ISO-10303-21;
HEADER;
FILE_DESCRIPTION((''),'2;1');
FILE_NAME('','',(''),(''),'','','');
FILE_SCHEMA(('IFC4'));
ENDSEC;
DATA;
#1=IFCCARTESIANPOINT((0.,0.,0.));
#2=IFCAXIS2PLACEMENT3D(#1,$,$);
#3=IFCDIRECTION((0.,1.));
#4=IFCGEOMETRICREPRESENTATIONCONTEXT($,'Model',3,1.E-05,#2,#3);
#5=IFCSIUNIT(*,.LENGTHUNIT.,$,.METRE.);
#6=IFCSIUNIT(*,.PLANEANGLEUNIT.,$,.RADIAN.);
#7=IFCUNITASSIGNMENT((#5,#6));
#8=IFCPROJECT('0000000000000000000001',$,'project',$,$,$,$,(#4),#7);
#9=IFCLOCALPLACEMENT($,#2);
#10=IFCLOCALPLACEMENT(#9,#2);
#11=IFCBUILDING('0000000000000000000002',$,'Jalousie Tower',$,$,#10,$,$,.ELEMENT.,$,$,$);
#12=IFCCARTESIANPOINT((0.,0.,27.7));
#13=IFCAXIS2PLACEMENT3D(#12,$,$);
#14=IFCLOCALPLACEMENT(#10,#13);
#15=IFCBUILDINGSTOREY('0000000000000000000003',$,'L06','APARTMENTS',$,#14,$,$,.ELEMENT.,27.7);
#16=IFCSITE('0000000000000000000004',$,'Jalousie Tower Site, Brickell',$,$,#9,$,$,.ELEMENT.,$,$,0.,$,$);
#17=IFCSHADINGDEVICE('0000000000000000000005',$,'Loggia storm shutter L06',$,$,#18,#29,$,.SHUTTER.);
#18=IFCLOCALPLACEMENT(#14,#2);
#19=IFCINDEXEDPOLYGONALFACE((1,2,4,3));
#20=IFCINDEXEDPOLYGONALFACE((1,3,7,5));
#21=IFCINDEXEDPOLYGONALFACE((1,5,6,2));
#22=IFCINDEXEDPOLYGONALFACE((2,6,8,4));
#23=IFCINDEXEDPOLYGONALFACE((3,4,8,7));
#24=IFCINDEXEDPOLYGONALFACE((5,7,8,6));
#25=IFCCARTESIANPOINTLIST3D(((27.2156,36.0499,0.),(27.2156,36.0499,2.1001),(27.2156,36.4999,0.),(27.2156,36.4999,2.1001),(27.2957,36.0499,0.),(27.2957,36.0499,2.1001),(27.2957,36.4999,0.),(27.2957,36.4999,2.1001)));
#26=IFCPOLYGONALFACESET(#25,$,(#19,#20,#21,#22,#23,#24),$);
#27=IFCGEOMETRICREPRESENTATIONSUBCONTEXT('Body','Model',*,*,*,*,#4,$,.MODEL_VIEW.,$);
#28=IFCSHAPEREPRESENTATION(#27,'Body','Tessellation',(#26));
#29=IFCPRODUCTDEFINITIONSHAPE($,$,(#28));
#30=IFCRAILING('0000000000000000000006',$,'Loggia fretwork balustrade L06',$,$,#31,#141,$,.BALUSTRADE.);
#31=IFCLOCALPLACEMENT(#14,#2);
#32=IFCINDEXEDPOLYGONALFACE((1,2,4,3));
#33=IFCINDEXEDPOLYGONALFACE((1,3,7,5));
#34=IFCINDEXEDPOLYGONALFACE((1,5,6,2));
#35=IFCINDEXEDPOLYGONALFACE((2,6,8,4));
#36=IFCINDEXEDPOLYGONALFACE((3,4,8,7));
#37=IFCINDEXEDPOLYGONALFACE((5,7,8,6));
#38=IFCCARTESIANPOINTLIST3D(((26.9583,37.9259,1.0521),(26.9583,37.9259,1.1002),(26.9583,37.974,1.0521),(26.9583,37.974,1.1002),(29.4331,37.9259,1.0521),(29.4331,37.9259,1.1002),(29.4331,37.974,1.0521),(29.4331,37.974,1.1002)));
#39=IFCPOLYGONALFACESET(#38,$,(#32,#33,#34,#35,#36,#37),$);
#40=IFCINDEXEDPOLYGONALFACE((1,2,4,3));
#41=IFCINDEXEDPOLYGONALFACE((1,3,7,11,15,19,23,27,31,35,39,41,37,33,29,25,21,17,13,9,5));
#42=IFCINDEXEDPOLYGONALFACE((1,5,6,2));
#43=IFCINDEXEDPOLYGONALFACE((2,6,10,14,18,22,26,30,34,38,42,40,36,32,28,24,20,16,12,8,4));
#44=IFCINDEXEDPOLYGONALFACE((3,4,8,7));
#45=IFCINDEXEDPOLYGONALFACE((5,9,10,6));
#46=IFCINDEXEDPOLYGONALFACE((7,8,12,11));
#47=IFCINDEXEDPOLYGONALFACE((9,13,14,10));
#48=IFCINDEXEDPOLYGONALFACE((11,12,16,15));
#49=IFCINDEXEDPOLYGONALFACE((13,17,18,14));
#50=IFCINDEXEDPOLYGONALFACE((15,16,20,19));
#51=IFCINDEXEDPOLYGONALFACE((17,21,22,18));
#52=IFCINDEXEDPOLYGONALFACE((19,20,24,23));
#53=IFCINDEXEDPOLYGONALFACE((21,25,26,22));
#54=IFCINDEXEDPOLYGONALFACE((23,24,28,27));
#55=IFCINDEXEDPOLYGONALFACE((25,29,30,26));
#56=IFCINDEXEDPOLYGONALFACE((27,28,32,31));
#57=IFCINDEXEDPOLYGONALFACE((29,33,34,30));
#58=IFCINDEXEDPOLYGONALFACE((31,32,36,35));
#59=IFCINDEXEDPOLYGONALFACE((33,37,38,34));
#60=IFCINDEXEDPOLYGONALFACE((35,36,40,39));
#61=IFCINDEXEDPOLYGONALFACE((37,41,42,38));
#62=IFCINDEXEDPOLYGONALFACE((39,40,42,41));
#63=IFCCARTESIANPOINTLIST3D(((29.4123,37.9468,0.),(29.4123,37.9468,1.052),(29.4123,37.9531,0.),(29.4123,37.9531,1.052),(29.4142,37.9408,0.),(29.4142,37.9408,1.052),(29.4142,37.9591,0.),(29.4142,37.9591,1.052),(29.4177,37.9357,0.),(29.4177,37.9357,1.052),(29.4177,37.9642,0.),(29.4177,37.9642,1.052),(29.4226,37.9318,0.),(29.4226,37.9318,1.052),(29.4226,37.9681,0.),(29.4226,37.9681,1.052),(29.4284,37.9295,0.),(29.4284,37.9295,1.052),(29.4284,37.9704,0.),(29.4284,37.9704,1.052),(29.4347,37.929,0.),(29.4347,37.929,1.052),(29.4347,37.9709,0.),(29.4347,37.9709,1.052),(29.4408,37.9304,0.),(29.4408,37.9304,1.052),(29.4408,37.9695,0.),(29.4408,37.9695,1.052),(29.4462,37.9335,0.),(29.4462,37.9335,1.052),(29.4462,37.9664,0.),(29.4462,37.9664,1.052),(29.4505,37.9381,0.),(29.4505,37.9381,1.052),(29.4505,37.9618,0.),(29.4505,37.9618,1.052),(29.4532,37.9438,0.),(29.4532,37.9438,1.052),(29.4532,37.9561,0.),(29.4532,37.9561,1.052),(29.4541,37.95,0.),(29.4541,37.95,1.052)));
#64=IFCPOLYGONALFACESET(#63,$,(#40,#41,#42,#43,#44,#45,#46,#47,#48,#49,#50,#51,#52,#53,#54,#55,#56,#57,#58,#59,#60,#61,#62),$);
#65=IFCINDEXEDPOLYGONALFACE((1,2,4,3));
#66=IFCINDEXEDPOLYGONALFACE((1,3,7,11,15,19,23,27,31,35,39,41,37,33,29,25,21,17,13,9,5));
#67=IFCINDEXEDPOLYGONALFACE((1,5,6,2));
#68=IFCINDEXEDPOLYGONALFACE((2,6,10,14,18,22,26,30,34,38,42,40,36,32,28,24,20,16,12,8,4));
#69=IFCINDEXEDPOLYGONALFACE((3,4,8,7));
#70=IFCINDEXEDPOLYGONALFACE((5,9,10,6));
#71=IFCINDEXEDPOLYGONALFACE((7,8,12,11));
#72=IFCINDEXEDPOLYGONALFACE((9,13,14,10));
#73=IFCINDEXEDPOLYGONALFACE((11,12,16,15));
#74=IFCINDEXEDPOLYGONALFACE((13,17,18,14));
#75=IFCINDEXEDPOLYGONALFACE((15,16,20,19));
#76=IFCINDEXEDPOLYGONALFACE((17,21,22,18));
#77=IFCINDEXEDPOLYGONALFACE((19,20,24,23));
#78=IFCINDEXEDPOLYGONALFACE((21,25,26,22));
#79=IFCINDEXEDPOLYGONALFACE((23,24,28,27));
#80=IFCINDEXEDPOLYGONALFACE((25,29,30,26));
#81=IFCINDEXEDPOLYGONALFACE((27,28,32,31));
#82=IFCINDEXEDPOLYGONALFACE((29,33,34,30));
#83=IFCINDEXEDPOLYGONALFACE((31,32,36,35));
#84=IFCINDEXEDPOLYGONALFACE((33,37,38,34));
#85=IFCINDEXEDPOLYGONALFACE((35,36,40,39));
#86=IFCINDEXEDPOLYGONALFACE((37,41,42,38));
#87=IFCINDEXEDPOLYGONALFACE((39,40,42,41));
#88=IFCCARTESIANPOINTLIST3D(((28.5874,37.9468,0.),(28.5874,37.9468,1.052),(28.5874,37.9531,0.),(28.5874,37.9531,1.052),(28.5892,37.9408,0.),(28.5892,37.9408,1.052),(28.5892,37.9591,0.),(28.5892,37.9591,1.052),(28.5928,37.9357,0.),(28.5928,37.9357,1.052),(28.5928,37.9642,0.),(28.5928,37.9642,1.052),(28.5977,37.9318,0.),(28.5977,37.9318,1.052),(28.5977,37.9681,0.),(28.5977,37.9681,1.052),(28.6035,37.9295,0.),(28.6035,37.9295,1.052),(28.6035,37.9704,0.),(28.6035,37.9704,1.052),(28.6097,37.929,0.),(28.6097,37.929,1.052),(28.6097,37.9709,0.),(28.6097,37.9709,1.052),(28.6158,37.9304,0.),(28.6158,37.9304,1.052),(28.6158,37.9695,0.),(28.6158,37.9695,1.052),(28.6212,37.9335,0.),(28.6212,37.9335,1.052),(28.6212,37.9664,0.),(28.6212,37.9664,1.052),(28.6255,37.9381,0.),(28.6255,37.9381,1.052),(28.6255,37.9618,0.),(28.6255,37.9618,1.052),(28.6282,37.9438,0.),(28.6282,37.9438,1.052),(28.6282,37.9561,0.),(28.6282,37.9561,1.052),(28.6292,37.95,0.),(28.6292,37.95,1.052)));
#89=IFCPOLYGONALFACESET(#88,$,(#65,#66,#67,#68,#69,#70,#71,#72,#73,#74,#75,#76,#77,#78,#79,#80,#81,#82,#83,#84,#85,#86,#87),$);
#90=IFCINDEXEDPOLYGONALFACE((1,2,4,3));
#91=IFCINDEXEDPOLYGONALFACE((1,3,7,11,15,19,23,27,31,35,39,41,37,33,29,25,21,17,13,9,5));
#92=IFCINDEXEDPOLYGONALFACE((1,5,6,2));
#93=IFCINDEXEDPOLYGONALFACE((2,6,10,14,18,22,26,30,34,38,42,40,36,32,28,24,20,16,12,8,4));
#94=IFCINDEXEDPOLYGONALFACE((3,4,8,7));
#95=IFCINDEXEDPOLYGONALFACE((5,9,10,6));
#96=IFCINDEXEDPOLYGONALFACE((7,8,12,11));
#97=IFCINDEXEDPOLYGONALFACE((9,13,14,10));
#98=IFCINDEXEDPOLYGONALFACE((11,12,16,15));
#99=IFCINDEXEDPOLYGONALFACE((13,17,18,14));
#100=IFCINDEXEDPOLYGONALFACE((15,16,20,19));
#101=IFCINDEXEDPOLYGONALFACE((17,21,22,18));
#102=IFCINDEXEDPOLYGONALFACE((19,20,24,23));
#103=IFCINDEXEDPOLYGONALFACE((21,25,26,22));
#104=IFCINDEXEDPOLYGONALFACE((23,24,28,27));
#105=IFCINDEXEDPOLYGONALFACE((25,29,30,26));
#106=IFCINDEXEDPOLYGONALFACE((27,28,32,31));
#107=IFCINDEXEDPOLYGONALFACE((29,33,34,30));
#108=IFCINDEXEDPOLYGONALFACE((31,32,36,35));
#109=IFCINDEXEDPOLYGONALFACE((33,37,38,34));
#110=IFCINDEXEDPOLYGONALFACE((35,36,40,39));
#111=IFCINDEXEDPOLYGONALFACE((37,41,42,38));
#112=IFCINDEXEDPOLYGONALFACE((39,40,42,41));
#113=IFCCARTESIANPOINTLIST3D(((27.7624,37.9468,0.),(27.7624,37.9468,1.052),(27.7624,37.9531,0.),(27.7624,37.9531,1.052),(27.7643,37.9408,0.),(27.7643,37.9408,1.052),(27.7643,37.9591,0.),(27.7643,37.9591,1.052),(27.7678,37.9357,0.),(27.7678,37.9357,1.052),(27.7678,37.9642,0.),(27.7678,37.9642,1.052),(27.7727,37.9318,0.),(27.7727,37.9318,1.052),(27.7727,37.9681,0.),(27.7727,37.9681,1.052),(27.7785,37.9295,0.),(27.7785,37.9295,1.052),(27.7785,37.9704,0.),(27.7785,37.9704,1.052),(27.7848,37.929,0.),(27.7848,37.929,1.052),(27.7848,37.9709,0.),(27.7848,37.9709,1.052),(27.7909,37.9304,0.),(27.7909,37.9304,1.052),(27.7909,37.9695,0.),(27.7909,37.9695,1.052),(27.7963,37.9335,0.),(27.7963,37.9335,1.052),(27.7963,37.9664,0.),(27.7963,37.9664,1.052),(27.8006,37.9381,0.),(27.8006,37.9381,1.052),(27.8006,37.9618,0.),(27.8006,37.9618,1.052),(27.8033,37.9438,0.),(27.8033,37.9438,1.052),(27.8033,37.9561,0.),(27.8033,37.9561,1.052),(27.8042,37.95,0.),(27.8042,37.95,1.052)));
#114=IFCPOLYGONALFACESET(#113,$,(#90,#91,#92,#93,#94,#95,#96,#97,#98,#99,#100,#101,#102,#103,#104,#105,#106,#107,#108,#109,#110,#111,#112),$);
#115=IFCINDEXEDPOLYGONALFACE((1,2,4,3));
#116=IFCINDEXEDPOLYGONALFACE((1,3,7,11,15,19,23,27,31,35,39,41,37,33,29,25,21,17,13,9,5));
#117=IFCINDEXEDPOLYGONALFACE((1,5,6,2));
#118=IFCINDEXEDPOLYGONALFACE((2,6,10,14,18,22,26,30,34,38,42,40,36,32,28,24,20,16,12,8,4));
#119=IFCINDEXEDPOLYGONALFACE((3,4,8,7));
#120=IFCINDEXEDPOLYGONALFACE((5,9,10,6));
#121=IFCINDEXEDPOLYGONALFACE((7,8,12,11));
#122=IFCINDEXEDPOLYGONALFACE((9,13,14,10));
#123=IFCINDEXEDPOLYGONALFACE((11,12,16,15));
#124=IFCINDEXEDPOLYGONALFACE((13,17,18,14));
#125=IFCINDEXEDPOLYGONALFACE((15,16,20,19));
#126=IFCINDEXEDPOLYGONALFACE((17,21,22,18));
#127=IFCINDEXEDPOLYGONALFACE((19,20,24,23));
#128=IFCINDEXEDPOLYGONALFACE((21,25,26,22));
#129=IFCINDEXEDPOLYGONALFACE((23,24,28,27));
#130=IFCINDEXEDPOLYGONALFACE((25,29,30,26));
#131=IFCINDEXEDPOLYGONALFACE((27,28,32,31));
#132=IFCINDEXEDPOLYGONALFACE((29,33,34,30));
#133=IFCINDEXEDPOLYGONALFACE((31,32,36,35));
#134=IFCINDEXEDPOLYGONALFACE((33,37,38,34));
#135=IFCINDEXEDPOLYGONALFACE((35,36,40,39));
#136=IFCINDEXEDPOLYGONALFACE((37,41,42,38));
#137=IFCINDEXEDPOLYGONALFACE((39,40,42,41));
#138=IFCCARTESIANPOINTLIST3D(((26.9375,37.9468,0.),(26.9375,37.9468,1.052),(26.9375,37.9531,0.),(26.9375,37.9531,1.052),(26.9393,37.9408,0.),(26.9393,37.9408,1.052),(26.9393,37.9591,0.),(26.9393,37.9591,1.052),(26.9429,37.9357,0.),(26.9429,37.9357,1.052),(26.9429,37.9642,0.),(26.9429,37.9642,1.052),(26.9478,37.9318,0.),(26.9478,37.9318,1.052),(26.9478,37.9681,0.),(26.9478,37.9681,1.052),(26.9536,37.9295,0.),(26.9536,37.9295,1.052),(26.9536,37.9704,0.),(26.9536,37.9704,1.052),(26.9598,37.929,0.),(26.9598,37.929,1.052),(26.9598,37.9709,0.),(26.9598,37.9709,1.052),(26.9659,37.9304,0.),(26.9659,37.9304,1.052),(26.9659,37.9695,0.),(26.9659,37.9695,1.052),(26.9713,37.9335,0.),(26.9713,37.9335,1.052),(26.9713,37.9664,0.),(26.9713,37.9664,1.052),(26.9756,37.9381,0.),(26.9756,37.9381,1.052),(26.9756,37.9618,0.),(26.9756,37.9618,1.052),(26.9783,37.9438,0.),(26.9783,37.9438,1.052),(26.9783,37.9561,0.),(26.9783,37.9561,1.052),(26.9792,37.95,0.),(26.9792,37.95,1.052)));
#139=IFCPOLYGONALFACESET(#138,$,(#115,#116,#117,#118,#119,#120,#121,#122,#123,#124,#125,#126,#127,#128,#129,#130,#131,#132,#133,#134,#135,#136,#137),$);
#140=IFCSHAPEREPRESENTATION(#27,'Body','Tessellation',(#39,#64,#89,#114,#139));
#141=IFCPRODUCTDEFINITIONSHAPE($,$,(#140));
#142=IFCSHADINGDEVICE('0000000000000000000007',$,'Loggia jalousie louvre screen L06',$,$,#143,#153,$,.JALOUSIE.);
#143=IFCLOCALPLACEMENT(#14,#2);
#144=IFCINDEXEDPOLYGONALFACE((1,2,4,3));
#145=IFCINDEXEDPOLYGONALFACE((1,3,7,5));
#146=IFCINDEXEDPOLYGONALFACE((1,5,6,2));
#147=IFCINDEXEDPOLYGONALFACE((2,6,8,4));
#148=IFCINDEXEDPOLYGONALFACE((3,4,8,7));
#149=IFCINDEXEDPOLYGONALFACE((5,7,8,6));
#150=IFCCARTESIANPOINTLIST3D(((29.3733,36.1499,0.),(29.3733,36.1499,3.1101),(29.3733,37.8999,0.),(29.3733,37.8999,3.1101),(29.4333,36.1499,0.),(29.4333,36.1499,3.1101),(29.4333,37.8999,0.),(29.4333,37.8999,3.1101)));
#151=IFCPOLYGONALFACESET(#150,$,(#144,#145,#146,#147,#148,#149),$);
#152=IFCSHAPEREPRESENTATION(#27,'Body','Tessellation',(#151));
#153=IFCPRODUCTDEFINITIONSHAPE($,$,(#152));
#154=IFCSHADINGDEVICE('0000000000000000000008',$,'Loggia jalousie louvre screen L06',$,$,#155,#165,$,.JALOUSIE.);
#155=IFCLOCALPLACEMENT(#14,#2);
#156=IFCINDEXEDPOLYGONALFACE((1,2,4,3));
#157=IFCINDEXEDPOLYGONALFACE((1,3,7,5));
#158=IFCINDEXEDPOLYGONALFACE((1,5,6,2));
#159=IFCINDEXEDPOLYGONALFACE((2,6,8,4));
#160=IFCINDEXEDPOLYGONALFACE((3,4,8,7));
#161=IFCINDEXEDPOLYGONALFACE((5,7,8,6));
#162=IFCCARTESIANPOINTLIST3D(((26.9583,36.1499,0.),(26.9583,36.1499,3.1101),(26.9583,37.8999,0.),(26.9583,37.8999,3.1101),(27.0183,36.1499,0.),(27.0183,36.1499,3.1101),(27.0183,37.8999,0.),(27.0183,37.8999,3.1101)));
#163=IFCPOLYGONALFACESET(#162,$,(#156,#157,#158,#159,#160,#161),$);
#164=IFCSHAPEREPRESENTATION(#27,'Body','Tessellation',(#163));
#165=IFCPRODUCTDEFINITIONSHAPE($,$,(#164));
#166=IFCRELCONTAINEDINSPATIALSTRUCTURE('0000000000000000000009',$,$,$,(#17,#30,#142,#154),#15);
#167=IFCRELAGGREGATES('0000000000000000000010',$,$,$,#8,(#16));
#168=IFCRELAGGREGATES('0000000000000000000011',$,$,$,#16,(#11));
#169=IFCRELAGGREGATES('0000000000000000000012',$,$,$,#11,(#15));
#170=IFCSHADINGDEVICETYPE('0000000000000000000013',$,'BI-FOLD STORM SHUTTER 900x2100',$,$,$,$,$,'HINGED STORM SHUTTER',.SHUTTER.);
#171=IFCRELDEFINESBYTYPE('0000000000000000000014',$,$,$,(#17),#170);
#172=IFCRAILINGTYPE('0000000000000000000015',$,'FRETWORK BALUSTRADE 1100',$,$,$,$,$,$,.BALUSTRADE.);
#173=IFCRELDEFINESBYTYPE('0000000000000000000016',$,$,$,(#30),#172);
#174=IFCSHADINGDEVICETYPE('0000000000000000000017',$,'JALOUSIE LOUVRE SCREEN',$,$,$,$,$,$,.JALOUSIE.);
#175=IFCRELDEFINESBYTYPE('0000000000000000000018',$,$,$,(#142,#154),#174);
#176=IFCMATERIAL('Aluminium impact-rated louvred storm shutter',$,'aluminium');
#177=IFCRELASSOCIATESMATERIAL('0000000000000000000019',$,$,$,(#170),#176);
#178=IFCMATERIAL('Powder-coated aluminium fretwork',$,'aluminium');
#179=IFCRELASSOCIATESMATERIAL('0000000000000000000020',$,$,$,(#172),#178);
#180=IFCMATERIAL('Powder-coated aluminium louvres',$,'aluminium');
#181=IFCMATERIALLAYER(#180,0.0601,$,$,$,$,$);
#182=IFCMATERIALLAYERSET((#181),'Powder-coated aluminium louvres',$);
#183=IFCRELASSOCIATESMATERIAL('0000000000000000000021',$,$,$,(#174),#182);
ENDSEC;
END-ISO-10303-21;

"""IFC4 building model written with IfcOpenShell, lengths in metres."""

from ifc_helpers import new_model, si_unit, direction, frame, origin, origin_2d, place, context, subcontext, project, spatial, rectangle, circle, extrude, material, layer, layer_set, type_object, element, save


model = new_model("IFC4")

# Units and contexts
model_context = context("Model", 3, precision=1e-05, world=origin(), true_north=direction((0.0, 1.0)))
body_context = subcontext(model_context, "Body", "Model", "MODEL_VIEW")
ifc_project = project(units=[si_unit("LENGTHUNIT", "METRE"), si_unit("PLANEANGLEUNIT", "RADIAN")], contexts=[model_context])

# Site, building, storey
site_placement = place(None, origin())
site = spatial("IfcSite", under=ifc_project, at=site_placement, Name="Jalousie Tower Site, Brickell", CompositionType="ELEMENT", RefElevation=0.0)
building_placement = place(site_placement, origin())
building = spatial("IfcBuilding", under=site, at=building_placement, Name="Jalousie Tower", CompositionType="ELEMENT")
storey_placement = place(building_placement, frame((0.0, 0.0, 27.7)))
storey = spatial("IfcBuildingStorey", under=building, at=storey_placement, Name="L06", Description="APARTMENTS", CompositionType="ELEMENT", Elevation=27.7)

# Shading device
ifc_material_1 = material(Name="Aluminium impact-rated louvred storm shutter", Category="aluminium")
shading_device_type_1 = type_object("IfcShadingDeviceType", Name="BI-FOLD STORM SHUTTER 900x2100", ElementType="HINGED STORM SHUTTER", PredefinedType="SHUTTER", material=ifc_material_1)
for number, where, z_axis, x_axis, name in (
    (1, (27.2556, 36.2749, 0.0), (0.0, 0.0, 1.0), (0.0, -1.0, 0.0), "Loggia storm shutter L06"),
):
    element("IfcShadingDevice", number, at=place(storey_placement, frame(where, z_axis=z_axis, x_axis=x_axis)), inside=storey, type_object=shading_device_type_1, Name=name, PredefinedType="SHUTTER", context=body_context, shape_type="SweptSolid", body=[
        extrude(rectangle(XDim=0.45, YDim=0.0801, at=origin_2d()), origin(), (0.0, 0.0, 1.0), 2.1001),
    ])

# Railing
ifc_material_2 = material(Name="Powder-coated aluminium fretwork", Category="aluminium")
railing_type = type_object("IfcRailingType", Name="FRETWORK BALUSTRADE 1100", PredefinedType="BALUSTRADE", material=ifc_material_2)
railing_placement = place(storey_placement, frame((29.4331, 37.95, 0.0)))
element("IfcRailing", 2, at=railing_placement, inside=storey, type_object=railing_type, Name="Loggia fretwork balustrade L06", PredefinedType="BALUSTRADE", context=body_context, shape_type="SweptSolid", body=[
    extrude(rectangle(XDim=0.0481, YDim=0.0481, at=origin_2d()), frame((0.0, 0.0, 1.0762), z_axis=(-1.0, 0.0, 0.0), x_axis=(0.0, -1.0, 0.0)), (0.0, 0.0, 1.0), 2.4749),
    extrude(circle(Radius=0.021, at=origin_2d()), origin(), (0.0, 0.0, 1.0), 1.052),
    extrude(circle(Radius=0.021, at=origin_2d()), frame((-0.825, 0.0, 0.0)), (0.0, 0.0, 1.0), 1.052),
    extrude(circle(Radius=0.021, at=origin_2d()), frame((-1.6499, 0.0, 0.0)), (0.0, 0.0, 1.0), 1.052),
    extrude(circle(Radius=0.021, at=origin_2d()), frame((-2.4749, 0.0, 0.0)), (0.0, 0.0, 1.0), 1.052),
])

# Shading devices
ifc_material_3 = material(Name="Powder-coated aluminium louvres", Category="aluminium")
ifc_layer_1 = layer(ifc_material_3, 0.0601)
ifc_layer_set_1 = layer_set([ifc_layer_1], Name="Powder-coated aluminium louvres")
shading_device_type_2 = type_object("IfcShadingDeviceType", Name="JALOUSIE LOUVRE SCREEN", PredefinedType="JALOUSIE", material=ifc_layer_set_1)
for number, where, z_axis, x_axis, name in (
    (3, (29.4033, 37.0249, 0.0), (0.0, 0.0, 1.0), (-1.0, 0.0, 0.0), "Loggia jalousie louvre screen L06"),
    (4, (26.9883, 37.0249, 0.0), (0.0, 0.0, 1.0), (-1.0, 0.0, 0.0), "Loggia jalousie louvre screen L06"),
):
    element("IfcShadingDevice", number, at=place(storey_placement, frame(where, z_axis=z_axis, x_axis=x_axis)), inside=storey, type_object=shading_device_type_2, Name=name, PredefinedType="JALOUSIE", context=body_context, shape_type="SweptSolid", body=[
        extrude(rectangle(XDim=0.0601, YDim=1.75, at=origin_2d()), origin(), (0.0, 0.0, 1.0), 3.1101),
    ])

save(model, "model.ifc")
